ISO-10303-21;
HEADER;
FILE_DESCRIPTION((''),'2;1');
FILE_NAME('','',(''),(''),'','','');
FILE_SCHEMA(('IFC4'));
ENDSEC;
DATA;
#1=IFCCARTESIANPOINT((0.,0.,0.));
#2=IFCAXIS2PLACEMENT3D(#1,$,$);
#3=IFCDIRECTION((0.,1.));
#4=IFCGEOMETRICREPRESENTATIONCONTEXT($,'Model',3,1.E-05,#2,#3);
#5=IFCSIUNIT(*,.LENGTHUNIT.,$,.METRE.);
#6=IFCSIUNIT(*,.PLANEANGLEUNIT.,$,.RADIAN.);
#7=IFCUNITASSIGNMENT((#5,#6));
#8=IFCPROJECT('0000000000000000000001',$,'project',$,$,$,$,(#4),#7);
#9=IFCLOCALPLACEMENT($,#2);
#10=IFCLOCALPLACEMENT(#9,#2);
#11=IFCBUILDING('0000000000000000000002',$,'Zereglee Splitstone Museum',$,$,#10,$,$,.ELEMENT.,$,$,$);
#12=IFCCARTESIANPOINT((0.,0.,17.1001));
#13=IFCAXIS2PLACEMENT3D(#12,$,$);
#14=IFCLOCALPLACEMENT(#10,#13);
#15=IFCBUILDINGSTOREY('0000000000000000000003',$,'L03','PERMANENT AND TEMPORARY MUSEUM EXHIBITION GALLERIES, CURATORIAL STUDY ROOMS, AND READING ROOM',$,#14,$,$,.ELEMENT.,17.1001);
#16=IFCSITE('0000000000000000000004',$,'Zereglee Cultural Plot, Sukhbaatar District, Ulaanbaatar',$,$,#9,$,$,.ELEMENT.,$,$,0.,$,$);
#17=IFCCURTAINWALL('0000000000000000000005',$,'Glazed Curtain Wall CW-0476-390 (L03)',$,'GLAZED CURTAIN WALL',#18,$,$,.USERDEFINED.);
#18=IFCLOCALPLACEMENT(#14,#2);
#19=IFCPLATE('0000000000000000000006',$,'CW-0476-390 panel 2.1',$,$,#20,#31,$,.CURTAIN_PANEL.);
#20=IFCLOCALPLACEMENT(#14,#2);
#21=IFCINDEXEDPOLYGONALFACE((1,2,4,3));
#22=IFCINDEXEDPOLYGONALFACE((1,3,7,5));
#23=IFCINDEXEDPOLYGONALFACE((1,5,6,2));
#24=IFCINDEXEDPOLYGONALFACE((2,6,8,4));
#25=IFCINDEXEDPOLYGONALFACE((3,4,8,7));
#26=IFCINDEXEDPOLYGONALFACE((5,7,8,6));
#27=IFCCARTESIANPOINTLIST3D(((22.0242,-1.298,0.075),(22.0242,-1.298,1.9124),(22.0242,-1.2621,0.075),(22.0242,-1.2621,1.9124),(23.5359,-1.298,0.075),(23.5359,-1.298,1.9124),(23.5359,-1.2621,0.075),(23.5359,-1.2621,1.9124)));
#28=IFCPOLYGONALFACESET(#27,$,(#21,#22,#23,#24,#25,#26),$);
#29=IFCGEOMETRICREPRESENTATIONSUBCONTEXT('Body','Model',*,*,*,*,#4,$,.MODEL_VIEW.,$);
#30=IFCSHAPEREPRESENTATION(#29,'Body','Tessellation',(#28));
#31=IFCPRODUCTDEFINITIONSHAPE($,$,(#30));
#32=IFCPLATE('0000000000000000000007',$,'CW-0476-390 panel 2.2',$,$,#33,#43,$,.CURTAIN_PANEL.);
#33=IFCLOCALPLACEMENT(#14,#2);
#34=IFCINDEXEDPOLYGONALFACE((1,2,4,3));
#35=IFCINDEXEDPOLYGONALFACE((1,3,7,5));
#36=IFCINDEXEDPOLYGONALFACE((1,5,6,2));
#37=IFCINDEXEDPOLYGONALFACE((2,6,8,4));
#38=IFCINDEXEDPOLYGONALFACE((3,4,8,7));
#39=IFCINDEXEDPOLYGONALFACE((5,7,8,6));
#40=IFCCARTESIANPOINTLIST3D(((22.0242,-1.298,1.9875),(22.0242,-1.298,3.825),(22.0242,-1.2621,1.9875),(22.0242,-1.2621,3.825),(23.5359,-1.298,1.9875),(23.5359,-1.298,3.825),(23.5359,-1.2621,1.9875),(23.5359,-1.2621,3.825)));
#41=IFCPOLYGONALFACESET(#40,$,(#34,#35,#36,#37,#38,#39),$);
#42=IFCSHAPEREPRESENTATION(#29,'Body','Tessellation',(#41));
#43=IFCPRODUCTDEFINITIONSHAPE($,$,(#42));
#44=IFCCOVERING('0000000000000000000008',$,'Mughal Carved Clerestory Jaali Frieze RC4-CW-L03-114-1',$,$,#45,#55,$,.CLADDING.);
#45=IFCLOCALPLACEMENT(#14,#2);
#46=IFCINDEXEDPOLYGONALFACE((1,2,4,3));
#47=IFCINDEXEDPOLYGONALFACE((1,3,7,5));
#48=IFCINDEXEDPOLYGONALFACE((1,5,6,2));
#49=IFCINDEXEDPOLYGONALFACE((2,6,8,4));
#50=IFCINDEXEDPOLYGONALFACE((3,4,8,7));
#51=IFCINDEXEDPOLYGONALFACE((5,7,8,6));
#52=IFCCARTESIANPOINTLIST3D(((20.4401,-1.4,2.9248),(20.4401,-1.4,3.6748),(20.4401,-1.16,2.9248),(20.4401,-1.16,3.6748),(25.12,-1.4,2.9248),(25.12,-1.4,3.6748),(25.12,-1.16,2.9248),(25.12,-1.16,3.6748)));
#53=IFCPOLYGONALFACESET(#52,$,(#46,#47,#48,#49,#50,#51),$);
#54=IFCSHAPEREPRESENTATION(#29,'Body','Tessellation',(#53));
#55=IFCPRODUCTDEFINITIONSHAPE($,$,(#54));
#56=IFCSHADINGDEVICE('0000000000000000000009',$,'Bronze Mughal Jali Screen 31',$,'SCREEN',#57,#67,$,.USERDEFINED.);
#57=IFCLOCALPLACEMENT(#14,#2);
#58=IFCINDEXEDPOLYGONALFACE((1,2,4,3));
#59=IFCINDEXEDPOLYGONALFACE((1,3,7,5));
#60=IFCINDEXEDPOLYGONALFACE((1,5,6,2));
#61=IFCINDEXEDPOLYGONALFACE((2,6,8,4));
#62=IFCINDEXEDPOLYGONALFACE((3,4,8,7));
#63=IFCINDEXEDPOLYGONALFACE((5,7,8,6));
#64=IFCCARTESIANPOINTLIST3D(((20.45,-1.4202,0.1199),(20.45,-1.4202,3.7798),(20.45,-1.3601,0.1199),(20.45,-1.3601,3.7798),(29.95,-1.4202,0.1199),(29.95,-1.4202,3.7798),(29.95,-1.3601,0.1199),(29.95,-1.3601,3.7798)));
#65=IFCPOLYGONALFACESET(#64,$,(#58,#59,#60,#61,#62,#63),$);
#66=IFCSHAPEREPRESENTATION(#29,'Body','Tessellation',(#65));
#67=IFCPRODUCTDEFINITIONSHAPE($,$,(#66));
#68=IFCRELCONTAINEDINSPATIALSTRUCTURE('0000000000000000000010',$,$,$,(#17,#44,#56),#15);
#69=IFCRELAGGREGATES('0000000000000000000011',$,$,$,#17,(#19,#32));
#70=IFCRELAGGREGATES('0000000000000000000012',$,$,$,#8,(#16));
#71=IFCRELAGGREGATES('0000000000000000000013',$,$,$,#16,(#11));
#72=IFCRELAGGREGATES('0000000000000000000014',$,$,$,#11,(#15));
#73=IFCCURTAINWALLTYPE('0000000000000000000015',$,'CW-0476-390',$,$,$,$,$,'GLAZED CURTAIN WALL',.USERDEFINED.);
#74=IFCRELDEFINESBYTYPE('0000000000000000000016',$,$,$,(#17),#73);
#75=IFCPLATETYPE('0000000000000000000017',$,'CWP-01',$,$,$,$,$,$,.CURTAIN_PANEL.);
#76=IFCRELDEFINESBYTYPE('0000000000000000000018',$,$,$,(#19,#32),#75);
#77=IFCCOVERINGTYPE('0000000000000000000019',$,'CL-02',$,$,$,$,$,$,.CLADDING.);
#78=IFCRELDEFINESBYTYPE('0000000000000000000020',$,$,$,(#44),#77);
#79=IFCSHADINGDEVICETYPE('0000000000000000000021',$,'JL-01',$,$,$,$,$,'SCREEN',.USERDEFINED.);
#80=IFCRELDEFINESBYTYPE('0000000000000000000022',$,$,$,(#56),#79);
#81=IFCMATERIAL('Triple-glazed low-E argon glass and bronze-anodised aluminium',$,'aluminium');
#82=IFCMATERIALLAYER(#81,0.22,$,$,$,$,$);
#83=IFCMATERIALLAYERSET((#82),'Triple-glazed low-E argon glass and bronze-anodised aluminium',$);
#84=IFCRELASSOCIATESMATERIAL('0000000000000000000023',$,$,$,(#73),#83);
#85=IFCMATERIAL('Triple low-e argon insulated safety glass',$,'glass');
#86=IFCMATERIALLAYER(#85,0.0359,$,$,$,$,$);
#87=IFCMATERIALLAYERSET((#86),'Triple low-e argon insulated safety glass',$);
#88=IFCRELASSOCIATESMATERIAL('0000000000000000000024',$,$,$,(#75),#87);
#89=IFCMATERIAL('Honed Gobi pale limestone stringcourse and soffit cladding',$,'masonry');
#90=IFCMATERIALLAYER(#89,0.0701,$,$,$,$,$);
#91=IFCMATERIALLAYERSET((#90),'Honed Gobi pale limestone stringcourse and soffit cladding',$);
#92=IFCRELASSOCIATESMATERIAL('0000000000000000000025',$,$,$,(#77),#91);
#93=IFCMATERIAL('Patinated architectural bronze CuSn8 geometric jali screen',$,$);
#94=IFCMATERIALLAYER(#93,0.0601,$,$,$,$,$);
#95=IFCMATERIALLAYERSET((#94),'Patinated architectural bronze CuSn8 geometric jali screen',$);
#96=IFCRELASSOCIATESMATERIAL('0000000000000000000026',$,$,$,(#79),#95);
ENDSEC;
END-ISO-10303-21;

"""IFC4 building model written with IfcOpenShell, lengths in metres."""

from ifc_helpers import new_model, si_unit, direction, frame, origin, origin_2d, place, context, subcontext, project, spatial, polyline, rectangle, outline, extrude, material, layer, layer_set, type_object, element, aggregate, save


model = new_model("IFC4")

# Units and contexts
model_context = context("Model", 3, precision=1e-05, world=origin(), true_north=direction((0.0, 1.0)))
body_context = subcontext(model_context, "Body", "Model", "MODEL_VIEW")
ifc_project = project(units=[si_unit("LENGTHUNIT", "METRE"), si_unit("PLANEANGLEUNIT", "RADIAN")], contexts=[model_context])

# Site, building, storey
site_placement = place(None, origin())
site = spatial("IfcSite", under=ifc_project, at=site_placement, Name="Zereglee Cultural Plot, Sukhbaatar District, Ulaanbaatar", CompositionType="ELEMENT", RefElevation=0.0)
building_placement = place(site_placement, origin())
building = spatial("IfcBuilding", under=site, at=building_placement, Name="Zereglee Splitstone Museum", CompositionType="ELEMENT")
storey_placement = place(building_placement, frame((0.0, 0.0, 17.1001)))
storey = spatial("IfcBuildingStorey", under=building, at=storey_placement, Name="L03", Description="PERMANENT AND TEMPORARY MUSEUM EXHIBITION GALLERIES, CURATORIAL STUDY ROOMS, AND READING ROOM", CompositionType="ELEMENT", Elevation=17.1001)

# Curtain wall
ifc_material_1 = material(Name="Triple-glazed low-E argon glass and bronze-anodised aluminium", Category="aluminium")
ifc_layer_1 = layer(ifc_material_1, 0.22)
ifc_layer_set_1 = layer_set([ifc_layer_1], Name="Triple-glazed low-E argon glass and bronze-anodised aluminium")
curtain_wall_type = type_object("IfcCurtainWallType", Name="CW-0476-390", ElementType="GLAZED CURTAIN WALL", PredefinedType="USERDEFINED", material=ifc_layer_set_1)
curtain_wall_placement = place(storey_placement, origin())
curtain_wall = element("IfcCurtainWall", 1, at=curtain_wall_placement, inside=storey, type_object=curtain_wall_type, Name="Glazed Curtain Wall CW-0476-390 (L03)", ObjectType="GLAZED CURTAIN WALL", PredefinedType="USERDEFINED")

# Plates
ifc_material_2 = material(Name="Triple low-e argon insulated safety glass", Category="glass")
ifc_layer_2 = layer(ifc_material_2, 0.0359)
ifc_layer_set_2 = layer_set([ifc_layer_2], Name="Triple low-e argon insulated safety glass")
plate_type = type_object("IfcPlateType", Name="CWP-01", PredefinedType="CURTAIN_PANEL", material=ifc_layer_set_2)
plate_1_placement = place(storey_placement, frame((22.78, -1.28, 0.075), z_axis=(0.0, 0.0, 1.0), x_axis=(1.0, 0.0, 0.0)))
plate_1 = element("IfcPlate", 2, at=plate_1_placement, type_object=plate_type, Name="CW-0476-390 panel 2.1", PredefinedType="CURTAIN_PANEL", context=body_context, shape_type="SweptSolid", body=[
    extrude(rectangle(XDim=1.5117, YDim=0.0359, at=origin_2d()), origin(), (0.0, 0.0, 1.0), 1.8374),
])
plate_2_placement = place(storey_placement, frame((22.78, -1.28, 1.9875), z_axis=(0.0, 0.0, 1.0), x_axis=(1.0, 0.0, 0.0)))
plate_2 = element("IfcPlate", 3, at=plate_2_placement, type_object=plate_type, Name="CW-0476-390 panel 2.2", PredefinedType="CURTAIN_PANEL", context=body_context, shape_type="SweptSolid", body=[
    extrude(rectangle(XDim=1.5117, YDim=0.0359, at=origin_2d()), origin(), (0.0, 0.0, 1.0), 1.8374),
])
aggregate(curtain_wall, [plate_1, plate_2])

# Covering
ifc_material_3 = material(Name="Honed Gobi pale limestone stringcourse and soffit cladding", Category="masonry")
ifc_layer_3 = layer(ifc_material_3, 0.0701)
ifc_layer_set_3 = layer_set([ifc_layer_3], Name="Honed Gobi pale limestone stringcourse and soffit cladding")
covering_type = type_object("IfcCoveringType", Name="CL-02", PredefinedType="CLADDING", material=ifc_layer_set_3)
covering_placement = place(storey_placement, frame((22.78, -1.28, 2.9248), z_axis=(0.0, 0.0, 1.0), x_axis=(1.0, 0.0, 0.0)))
element("IfcCovering", 4, at=covering_placement, inside=storey, type_object=covering_type, Name="Mughal Carved Clerestory Jaali Frieze RC4-CW-L03-114-1", PredefinedType="CLADDING", context=body_context, shape_type="SweptSolid", body=[
    extrude(rectangle(XDim=4.6799, YDim=0.24, at=origin_2d()), origin(), (0.0, 0.0, 1.0), 0.75),
])

# Shading device
ifc_material_4 = material(Name="Patinated architectural bronze CuSn8 geometric jali screen")
ifc_layer_4 = layer(ifc_material_4, 0.0601)
ifc_layer_set_4 = layer_set([ifc_layer_4], Name="Patinated architectural bronze CuSn8 geometric jali screen")
shading_device_type = type_object("IfcShadingDeviceType", Name="JL-01", ElementType="SCREEN", PredefinedType="USERDEFINED", material=ifc_layer_set_4)
shading_device_placement = place(storey_placement, frame((20.45, -1.3601, 0.1199), z_axis=(0.0, -1.0, 0.0), x_axis=(1.0, 0.0, 0.0)))
element("IfcShadingDevice", 5, at=shading_device_placement, inside=storey, type_object=shading_device_type, Name="Bronze Mughal Jali Screen 31", ObjectType="SCREEN", PredefinedType="USERDEFINED", context=body_context, shape_type="SweptSolid", body=[
    extrude(outline(polyline([(0.0, 0.0), (9.5, 0.0), (9.5, 3.6599), (0.0, 3.6599), (0.0, 0.0)])), origin(), (0.0, 0.0, 1.0), 0.0601),
])

save(model, "model.ifc")
